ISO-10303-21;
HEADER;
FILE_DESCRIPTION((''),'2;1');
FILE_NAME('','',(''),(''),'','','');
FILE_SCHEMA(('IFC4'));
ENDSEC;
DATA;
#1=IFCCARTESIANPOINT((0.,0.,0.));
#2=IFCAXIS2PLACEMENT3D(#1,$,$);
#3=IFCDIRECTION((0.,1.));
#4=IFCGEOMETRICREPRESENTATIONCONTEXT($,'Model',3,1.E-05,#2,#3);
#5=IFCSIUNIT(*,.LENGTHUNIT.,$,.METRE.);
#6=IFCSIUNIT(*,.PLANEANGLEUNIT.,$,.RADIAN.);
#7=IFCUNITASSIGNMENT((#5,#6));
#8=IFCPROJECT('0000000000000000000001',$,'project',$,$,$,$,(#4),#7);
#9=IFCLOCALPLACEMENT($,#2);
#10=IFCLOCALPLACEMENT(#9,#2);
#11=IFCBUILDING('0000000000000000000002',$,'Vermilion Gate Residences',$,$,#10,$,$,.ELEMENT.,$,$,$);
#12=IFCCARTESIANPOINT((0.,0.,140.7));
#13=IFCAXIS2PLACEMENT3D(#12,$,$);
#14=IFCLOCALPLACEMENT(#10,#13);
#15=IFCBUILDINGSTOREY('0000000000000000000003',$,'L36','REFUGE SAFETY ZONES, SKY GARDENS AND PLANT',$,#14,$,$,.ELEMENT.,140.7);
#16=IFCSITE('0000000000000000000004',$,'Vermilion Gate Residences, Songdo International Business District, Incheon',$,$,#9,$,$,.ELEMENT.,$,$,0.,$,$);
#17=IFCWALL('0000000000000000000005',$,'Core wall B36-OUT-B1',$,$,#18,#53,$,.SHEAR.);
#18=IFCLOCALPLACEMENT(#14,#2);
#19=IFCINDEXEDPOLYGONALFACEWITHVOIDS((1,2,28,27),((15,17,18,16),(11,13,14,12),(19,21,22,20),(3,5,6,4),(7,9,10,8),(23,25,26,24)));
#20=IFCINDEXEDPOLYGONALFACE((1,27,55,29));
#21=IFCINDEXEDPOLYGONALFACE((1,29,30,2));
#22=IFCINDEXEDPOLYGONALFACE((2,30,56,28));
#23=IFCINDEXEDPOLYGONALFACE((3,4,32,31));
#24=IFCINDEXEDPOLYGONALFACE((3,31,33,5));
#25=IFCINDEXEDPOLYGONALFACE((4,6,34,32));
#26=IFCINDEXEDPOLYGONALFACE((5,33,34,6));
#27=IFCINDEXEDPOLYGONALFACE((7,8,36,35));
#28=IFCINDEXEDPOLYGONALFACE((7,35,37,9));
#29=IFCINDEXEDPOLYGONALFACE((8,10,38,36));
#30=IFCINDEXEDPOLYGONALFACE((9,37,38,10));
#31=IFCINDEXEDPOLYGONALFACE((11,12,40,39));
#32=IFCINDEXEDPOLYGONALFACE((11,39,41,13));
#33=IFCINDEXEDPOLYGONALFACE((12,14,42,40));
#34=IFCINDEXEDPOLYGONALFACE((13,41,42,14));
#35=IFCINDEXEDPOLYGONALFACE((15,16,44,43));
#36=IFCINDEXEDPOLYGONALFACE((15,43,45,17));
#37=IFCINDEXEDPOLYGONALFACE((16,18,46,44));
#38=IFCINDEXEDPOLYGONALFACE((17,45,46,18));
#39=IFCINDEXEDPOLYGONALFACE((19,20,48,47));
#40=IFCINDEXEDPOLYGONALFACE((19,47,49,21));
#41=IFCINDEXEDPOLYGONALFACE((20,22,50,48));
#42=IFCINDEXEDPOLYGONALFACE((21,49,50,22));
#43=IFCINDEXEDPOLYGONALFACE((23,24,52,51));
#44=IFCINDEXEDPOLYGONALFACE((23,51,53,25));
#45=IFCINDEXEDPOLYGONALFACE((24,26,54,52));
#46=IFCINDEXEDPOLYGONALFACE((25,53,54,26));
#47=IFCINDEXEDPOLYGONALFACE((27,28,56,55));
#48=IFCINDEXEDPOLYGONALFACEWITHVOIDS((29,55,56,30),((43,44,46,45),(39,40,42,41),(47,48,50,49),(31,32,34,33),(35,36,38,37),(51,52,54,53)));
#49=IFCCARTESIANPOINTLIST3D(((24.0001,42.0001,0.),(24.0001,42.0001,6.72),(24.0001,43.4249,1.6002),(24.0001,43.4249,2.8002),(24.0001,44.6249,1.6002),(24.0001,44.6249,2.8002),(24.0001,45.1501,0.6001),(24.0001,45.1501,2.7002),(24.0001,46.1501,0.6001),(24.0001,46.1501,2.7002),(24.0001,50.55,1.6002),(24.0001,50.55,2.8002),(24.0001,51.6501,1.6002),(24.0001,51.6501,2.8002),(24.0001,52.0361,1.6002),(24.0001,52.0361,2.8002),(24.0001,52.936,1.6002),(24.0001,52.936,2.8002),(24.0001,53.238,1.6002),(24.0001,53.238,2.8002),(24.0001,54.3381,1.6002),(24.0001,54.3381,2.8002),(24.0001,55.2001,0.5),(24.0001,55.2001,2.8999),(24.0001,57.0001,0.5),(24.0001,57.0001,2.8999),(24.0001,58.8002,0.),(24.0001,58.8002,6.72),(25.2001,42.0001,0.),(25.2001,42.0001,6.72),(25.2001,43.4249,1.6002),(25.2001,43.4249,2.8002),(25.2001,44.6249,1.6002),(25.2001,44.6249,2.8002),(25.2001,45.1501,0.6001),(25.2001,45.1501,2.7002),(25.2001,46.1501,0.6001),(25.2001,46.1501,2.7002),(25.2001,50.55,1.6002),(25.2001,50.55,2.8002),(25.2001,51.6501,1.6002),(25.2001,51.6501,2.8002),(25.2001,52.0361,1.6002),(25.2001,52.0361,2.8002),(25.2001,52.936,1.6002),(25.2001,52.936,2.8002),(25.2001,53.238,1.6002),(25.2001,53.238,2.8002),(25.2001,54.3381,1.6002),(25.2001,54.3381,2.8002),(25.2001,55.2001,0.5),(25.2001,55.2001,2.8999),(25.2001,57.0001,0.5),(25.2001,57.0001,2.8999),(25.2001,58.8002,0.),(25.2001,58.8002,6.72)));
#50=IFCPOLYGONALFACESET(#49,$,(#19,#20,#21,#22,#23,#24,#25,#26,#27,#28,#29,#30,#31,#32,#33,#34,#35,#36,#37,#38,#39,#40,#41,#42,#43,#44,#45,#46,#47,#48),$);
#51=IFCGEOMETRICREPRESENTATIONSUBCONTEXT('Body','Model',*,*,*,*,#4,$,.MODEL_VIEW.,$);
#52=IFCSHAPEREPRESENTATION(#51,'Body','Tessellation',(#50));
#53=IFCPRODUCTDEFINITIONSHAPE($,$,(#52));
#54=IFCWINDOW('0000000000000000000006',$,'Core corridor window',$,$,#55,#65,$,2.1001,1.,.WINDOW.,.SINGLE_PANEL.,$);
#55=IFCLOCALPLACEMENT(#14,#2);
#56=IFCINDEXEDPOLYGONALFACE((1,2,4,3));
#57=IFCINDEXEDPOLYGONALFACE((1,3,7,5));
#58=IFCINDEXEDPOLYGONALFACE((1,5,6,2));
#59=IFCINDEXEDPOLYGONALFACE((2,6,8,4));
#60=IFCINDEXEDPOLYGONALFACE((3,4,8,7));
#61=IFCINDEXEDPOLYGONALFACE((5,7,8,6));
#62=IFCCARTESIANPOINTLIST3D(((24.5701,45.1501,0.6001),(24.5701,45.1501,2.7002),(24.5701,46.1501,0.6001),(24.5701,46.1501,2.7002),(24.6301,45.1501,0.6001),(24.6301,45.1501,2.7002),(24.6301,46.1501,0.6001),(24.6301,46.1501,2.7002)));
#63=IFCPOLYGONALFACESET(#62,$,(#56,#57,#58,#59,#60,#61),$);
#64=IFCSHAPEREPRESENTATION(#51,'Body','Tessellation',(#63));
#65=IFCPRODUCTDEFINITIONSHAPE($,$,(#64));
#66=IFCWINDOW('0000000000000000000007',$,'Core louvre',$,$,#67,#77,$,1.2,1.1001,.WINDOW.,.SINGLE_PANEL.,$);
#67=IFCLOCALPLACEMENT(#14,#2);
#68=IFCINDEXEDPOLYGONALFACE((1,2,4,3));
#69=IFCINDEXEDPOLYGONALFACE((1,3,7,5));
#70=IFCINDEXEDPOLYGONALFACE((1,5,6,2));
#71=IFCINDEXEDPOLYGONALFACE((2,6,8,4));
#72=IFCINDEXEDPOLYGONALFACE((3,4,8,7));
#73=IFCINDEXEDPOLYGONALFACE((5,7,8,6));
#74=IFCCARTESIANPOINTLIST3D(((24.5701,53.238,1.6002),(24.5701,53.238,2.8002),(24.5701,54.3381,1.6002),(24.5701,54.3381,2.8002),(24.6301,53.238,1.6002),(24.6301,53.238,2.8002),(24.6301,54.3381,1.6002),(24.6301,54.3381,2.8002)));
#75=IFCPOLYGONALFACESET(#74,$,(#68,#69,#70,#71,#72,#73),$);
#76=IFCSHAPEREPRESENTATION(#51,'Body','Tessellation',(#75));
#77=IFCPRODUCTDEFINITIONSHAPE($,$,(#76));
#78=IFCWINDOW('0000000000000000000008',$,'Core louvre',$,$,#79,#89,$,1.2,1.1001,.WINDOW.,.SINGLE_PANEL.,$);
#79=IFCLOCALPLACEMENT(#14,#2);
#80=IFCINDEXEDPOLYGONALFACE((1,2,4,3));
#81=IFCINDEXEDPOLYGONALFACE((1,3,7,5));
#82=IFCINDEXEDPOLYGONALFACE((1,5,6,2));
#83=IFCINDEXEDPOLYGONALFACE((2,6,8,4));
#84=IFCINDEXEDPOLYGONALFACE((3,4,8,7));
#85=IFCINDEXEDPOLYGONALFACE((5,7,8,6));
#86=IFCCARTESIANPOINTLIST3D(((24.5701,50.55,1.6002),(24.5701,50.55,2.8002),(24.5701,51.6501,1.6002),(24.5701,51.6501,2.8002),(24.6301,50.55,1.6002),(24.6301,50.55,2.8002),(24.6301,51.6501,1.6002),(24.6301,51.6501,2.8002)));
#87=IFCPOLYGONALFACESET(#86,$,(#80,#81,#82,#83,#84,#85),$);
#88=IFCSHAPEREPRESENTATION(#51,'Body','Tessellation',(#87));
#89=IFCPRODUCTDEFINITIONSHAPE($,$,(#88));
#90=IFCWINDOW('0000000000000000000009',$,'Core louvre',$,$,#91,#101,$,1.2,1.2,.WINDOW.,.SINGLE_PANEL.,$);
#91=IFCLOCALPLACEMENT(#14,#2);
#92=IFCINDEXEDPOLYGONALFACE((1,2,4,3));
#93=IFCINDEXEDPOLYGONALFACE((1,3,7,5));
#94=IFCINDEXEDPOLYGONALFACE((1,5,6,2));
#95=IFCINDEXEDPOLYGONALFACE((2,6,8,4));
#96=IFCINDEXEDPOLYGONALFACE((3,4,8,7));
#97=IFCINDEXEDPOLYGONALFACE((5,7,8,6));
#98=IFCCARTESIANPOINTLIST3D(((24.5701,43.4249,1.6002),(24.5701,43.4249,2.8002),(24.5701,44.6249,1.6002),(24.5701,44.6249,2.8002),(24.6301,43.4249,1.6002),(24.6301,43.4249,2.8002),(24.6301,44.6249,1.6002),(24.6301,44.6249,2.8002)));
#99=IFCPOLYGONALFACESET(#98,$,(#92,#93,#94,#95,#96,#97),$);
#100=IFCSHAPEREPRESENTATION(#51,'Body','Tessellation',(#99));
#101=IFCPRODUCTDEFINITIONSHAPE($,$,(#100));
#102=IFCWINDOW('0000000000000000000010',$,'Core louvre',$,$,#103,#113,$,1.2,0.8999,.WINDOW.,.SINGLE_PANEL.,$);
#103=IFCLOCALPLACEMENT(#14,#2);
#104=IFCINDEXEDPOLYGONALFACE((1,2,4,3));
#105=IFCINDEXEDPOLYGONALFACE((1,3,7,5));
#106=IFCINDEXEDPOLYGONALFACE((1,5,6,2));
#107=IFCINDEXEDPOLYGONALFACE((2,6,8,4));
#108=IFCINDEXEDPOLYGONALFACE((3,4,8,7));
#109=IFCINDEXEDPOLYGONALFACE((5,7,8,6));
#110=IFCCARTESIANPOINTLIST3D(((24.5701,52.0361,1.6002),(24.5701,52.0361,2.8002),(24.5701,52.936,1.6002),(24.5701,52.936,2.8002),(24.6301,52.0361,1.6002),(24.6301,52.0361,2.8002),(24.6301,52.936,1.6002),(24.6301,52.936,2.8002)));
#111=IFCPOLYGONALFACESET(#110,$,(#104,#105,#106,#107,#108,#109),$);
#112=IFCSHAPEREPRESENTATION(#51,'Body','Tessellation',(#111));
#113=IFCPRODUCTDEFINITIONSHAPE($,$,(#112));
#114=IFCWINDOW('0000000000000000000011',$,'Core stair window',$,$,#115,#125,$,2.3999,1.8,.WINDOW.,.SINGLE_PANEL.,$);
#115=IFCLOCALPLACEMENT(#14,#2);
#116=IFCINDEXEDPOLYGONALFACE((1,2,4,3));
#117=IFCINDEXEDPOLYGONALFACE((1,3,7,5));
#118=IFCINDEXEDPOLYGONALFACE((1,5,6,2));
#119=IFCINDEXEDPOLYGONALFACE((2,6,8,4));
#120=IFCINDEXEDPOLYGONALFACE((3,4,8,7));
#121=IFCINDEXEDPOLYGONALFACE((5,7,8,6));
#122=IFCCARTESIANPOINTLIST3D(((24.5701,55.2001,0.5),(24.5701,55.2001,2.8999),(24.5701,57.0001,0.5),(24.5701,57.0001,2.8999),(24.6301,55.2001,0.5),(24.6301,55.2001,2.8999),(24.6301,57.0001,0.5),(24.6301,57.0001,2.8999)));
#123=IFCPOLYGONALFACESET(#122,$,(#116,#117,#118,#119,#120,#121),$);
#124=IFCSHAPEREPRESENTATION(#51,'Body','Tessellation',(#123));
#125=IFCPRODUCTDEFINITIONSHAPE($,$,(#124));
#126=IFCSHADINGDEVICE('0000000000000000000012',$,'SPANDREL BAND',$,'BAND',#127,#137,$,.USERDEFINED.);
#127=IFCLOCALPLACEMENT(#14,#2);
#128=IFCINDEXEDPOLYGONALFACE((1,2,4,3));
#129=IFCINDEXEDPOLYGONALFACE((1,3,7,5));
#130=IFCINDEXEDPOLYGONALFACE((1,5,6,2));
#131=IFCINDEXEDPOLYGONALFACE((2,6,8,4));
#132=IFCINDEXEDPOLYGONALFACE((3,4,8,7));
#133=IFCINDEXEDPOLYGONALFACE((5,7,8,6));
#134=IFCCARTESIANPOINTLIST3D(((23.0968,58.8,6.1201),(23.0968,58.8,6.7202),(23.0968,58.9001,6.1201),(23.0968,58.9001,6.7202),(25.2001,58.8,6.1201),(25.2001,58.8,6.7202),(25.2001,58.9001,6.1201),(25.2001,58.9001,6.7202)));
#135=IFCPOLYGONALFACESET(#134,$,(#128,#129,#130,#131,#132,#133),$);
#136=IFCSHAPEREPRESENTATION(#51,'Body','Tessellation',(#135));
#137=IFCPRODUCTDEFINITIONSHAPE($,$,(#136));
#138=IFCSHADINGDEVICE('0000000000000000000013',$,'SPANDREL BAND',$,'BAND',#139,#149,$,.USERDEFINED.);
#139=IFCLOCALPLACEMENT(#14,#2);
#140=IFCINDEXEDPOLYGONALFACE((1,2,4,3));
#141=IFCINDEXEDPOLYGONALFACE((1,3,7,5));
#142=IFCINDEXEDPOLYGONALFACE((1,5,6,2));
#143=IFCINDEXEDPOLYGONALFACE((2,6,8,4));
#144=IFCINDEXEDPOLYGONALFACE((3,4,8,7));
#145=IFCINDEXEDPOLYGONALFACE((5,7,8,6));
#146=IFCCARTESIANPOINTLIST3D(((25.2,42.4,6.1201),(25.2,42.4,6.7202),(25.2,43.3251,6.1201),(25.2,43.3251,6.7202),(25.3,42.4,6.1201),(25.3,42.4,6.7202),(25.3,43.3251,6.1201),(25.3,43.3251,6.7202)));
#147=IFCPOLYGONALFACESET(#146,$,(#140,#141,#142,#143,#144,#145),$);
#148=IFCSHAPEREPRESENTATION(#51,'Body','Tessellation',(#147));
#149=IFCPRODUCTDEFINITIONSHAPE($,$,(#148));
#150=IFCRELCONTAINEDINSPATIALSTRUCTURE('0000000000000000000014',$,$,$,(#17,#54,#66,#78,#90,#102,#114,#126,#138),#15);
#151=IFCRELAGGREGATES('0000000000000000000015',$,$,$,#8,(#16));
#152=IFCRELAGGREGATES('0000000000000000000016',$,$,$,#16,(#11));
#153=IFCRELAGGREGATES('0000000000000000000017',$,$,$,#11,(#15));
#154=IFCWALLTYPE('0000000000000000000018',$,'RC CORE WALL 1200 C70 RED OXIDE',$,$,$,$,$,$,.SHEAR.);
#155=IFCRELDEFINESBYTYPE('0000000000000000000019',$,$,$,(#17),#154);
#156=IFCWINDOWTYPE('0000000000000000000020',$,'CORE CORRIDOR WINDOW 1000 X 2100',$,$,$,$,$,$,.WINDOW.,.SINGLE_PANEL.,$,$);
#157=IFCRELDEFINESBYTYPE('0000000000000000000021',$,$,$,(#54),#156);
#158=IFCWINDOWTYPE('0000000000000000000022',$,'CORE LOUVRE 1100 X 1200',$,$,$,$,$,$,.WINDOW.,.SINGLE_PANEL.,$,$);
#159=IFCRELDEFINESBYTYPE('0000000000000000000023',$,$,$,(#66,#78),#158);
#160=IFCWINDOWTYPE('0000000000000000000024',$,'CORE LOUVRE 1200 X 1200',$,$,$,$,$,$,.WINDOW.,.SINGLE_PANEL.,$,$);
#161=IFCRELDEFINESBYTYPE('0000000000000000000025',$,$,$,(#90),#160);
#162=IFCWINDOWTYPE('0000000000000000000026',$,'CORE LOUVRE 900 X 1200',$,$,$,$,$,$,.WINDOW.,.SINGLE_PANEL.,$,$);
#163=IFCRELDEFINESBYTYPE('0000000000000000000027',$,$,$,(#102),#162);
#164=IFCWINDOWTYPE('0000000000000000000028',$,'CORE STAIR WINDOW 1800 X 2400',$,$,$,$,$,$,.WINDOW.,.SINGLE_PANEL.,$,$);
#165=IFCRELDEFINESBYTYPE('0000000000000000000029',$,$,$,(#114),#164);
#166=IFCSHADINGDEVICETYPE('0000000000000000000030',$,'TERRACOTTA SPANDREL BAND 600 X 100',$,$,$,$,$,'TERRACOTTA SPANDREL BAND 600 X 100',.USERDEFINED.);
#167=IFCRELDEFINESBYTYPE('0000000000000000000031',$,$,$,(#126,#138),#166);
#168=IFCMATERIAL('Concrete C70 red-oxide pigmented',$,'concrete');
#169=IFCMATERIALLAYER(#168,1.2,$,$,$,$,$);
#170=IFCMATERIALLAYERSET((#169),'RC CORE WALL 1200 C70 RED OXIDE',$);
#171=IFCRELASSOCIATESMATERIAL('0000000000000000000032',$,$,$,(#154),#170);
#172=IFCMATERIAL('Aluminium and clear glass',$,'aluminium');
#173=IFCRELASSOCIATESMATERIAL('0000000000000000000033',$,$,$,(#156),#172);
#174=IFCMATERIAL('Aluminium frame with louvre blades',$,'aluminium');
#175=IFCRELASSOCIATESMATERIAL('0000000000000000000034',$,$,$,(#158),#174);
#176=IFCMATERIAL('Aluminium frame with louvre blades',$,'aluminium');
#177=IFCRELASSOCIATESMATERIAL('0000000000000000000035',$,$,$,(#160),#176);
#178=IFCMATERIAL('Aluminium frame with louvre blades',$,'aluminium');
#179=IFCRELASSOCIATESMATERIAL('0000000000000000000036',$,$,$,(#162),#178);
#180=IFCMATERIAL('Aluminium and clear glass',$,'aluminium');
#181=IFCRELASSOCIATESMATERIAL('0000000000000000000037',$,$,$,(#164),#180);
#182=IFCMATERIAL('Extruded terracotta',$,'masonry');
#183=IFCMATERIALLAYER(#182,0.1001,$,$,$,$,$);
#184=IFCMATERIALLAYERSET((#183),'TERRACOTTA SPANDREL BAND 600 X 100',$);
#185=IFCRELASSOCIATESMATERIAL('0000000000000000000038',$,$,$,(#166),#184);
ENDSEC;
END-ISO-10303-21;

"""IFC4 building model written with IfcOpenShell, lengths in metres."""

from ifc_helpers import new_model, si_unit, direction, frame, frame_2d, origin, origin_2d, place, context, subcontext, project, spatial, rectangle, extrude, material, layer, layer_set, type_object, element, fill, save


model = new_model("IFC4")

# Units and contexts
model_context = context("Model", 3, precision=1e-05, world=origin(), true_north=direction((0.0, 1.0)))
body_context = subcontext(model_context, "Body", "Model", "MODEL_VIEW")
ifc_project = project(units=[si_unit("LENGTHUNIT", "METRE"), si_unit("PLANEANGLEUNIT", "RADIAN")], contexts=[model_context])

# Site, building, storey
site_placement = place(None, origin())
site = spatial("IfcSite", under=ifc_project, at=site_placement, Name="Vermilion Gate Residences, Songdo International Business District, Incheon", CompositionType="ELEMENT", RefElevation=0.0)
building_placement = place(site_placement, origin())
building = spatial("IfcBuilding", under=site, at=building_placement, Name="Vermilion Gate Residences", CompositionType="ELEMENT")
storey_placement = place(building_placement, frame((0.0, 0.0, 140.7)))
storey = spatial("IfcBuildingStorey", under=building, at=storey_placement, Name="L36", Description="REFUGE SAFETY ZONES, SKY GARDENS AND PLANT", CompositionType="ELEMENT", Elevation=140.7)

# Wall, openings, windows
ifc_material_1 = material(Name="Concrete C70 red-oxide pigmented", Category="concrete")
ifc_layer_1 = layer(ifc_material_1, 1.2)
ifc_layer_set_1 = layer_set([ifc_layer_1], Name="RC CORE WALL 1200 C70 RED OXIDE")
wall_type = type_object("IfcWallType", Name="RC CORE WALL 1200 C70 RED OXIDE", PredefinedType="SHEAR", material=ifc_layer_set_1)
wall_placement = place(storey_placement, frame((24.6001, 58.8, 0.0), z_axis=(0.0, 0.0, 1.0), x_axis=(0.0, -1.0, 0.0)))
wall = element("IfcWall", 1, at=wall_placement, inside=storey, type_object=wall_type, Name="Core wall B36-OUT-B1", PredefinedType="SHEAR", context=body_context, shape_type="SweptSolid", body=[
    extrude(rectangle(XDim=16.8, YDim=1.2, at=frame_2d((8.3999, 0.0))), origin(), (0.0, 0.0, 1.0), 6.72),
])
opening_1_placement = place(wall_placement, frame((1.8, 0.0, 0.5)))
opening_1 = element("IfcOpeningElement", 2, at=opening_1_placement, cuts=wall, PredefinedType="OPENING", context=body_context, shape_type="SweptSolid", body=[
    extrude(rectangle(XDim=1.8, YDim=2.3999, at=frame_2d((0.8999, 1.2))), frame((0.0, 0.6099, 0.0), z_axis=(0.0, -1.0, 0.0), x_axis=(1.0, 0.0, 0.0)), (0.0, 0.0, 1.0), 1.22),
])
opening_2_placement = place(wall_placement, frame((4.4619, 0.0, 1.6001)))
opening_2 = element("IfcOpeningElement", 3, at=opening_2_placement, cuts=wall, PredefinedType="OPENING", context=body_context, shape_type="SweptSolid", body=[
    extrude(rectangle(XDim=1.1001, YDim=1.2, at=frame_2d((0.55, 0.6001))), frame((0.0, 0.6099, 0.0), z_axis=(0.0, -1.0, 0.0), x_axis=(1.0, 0.0, 0.0)), (0.0, 0.0, 1.0), 1.22),
])
opening_3_placement = place(wall_placement, frame((5.864, 0.0, 1.6001)))
opening_3 = element("IfcOpeningElement", 4, at=opening_3_placement, cuts=wall, PredefinedType="OPENING", context=body_context, shape_type="SweptSolid", body=[
    extrude(rectangle(XDim=0.8999, YDim=1.2, at=frame_2d((0.45, 0.6001))), frame((0.0, 0.6099, 0.0), z_axis=(0.0, -1.0, 0.0), x_axis=(1.0, 0.0, 0.0)), (0.0, 0.0, 1.0), 1.22),
])
opening_4_placement = place(wall_placement, frame((7.1499, 0.0, 1.6001)))
opening_4 = element("IfcOpeningElement", 5, at=opening_4_placement, cuts=wall, PredefinedType="OPENING", context=body_context, shape_type="SweptSolid", body=[
    extrude(rectangle(XDim=1.1001, YDim=1.2, at=frame_2d((0.55, 0.6001))), frame((0.0, 0.6099, 0.0), z_axis=(0.0, -1.0, 0.0), x_axis=(1.0, 0.0, 0.0)), (0.0, 0.0, 1.0), 1.22),
])
opening_5_placement = place(wall_placement, frame((12.6499, 0.0, 0.6001)))
opening_5 = element("IfcOpeningElement", 6, at=opening_5_placement, cuts=wall, PredefinedType="OPENING", context=body_context, shape_type="SweptSolid", body=[
    extrude(rectangle(XDim=1.0, YDim=2.1001, at=frame_2d((0.5, 1.05))), frame((0.0, 0.6099, 0.0), z_axis=(0.0, -1.0, 0.0), x_axis=(1.0, 0.0, 0.0)), (0.0, 0.0, 1.0), 1.22),
])
opening_6_placement = place(wall_placement, frame((14.175, 0.0, 1.6001)))
opening_6 = element("IfcOpeningElement", 7, at=opening_6_placement, cuts=wall, PredefinedType="OPENING", context=body_context, shape_type="SweptSolid", body=[
    extrude(rectangle(XDim=1.2, YDim=1.2, at=frame_2d((0.6001, 0.6001))), frame((0.0, 0.6099, 0.0), z_axis=(0.0, -1.0, 0.0), x_axis=(1.0, 0.0, 0.0)), (0.0, 0.0, 1.0), 1.22),
])
ifc_material_2 = material(Name="Aluminium and clear glass", Category="aluminium")
window_type_1 = type_object("IfcWindowType", Name="CORE CORRIDOR WINDOW 1000 X 2100", PartitioningType="SINGLE_PANEL", PredefinedType="WINDOW", material=ifc_material_2)
window_1_placement = place(opening_5_placement, origin())
window_1 = element("IfcWindow", 8, at=window_1_placement, inside=storey, type_object=window_type_1, Name="Core corridor window", OverallHeight=2.1001, OverallWidth=1.0, PartitioningType="SINGLE_PANEL", PredefinedType="WINDOW", context=body_context, shape_type="SweptSolid", body=[
    extrude(rectangle(XDim=1.0, YDim=2.1001, at=frame_2d((0.5, 1.05))), frame((0.0, 0.03, 0.0), z_axis=(0.0, -1.0, 0.0), x_axis=(1.0, 0.0, 0.0)), (0.0, 0.0, 1.0), 0.0601),
])
fill(opening_5, window_1)
ifc_material_3 = material(Name="Aluminium frame with louvre blades", Category="aluminium")
window_type_2 = type_object("IfcWindowType", Name="CORE LOUVRE 1100 X 1200", PartitioningType="SINGLE_PANEL", PredefinedType="WINDOW", material=ifc_material_3)
window_2_placement = place(opening_2_placement, origin())
window_2 = element("IfcWindow", 9, at=window_2_placement, inside=storey, type_object=window_type_2, Name="Core louvre", OverallHeight=1.2, OverallWidth=1.1001, PartitioningType="SINGLE_PANEL", PredefinedType="WINDOW", context=body_context, shape_type="SweptSolid", body=[
    extrude(rectangle(XDim=1.1001, YDim=1.2, at=frame_2d((0.55, 0.6001))), frame((0.0, 0.03, 0.0), z_axis=(0.0, -1.0, 0.0), x_axis=(1.0, 0.0, 0.0)), (0.0, 0.0, 1.0), 0.0601),
])
fill(opening_2, window_2)
window_3_placement = place(opening_4_placement, origin())
window_3 = element("IfcWindow", 10, at=window_3_placement, inside=storey, type_object=window_type_2, Name="Core louvre", OverallHeight=1.2, OverallWidth=1.1001, PartitioningType="SINGLE_PANEL", PredefinedType="WINDOW", context=body_context, shape_type="SweptSolid", body=[
    extrude(rectangle(XDim=1.1001, YDim=1.2, at=frame_2d((0.55, 0.6001))), frame((0.0, 0.03, 0.0), z_axis=(0.0, -1.0, 0.0), x_axis=(1.0, 0.0, 0.0)), (0.0, 0.0, 1.0), 0.0601),
])
fill(opening_4, window_3)
ifc_material_4 = material(Name="Aluminium frame with louvre blades", Category="aluminium")
window_type_3 = type_object("IfcWindowType", Name="CORE LOUVRE 1200 X 1200", PartitioningType="SINGLE_PANEL", PredefinedType="WINDOW", material=ifc_material_4)
window_4_placement = place(opening_6_placement, origin())
window_4 = element("IfcWindow", 11, at=window_4_placement, inside=storey, type_object=window_type_3, Name="Core louvre", OverallHeight=1.2, OverallWidth=1.2, PartitioningType="SINGLE_PANEL", PredefinedType="WINDOW", context=body_context, shape_type="SweptSolid", body=[
    extrude(rectangle(XDim=1.2, YDim=1.2, at=frame_2d((0.6001, 0.6001))), frame((0.0, 0.03, 0.0), z_axis=(0.0, -1.0, 0.0), x_axis=(1.0, 0.0, 0.0)), (0.0, 0.0, 1.0), 0.0601),
])
fill(opening_6, window_4)
ifc_material_5 = material(Name="Aluminium frame with louvre blades", Category="aluminium")
window_type_4 = type_object("IfcWindowType", Name="CORE LOUVRE 900 X 1200", PartitioningType="SINGLE_PANEL", PredefinedType="WINDOW", material=ifc_material_5)
window_5_placement = place(opening_3_placement, origin())
window_5 = element("IfcWindow", 12, at=window_5_placement, inside=storey, type_object=window_type_4, Name="Core louvre", OverallHeight=1.2, OverallWidth=0.8999, PartitioningType="SINGLE_PANEL", PredefinedType="WINDOW", context=body_context, shape_type="SweptSolid", body=[
    extrude(rectangle(XDim=0.8999, YDim=1.2, at=frame_2d((0.45, 0.6001))), frame((0.0, 0.03, 0.0), z_axis=(0.0, -1.0, 0.0), x_axis=(1.0, 0.0, 0.0)), (0.0, 0.0, 1.0), 0.0601),
])
fill(opening_3, window_5)
ifc_material_6 = material(Name="Aluminium and clear glass", Category="aluminium")
window_type_5 = type_object("IfcWindowType", Name="CORE STAIR WINDOW 1800 X 2400", PartitioningType="SINGLE_PANEL", PredefinedType="WINDOW", material=ifc_material_6)
window_6_placement = place(opening_1_placement, origin())
window_6 = element("IfcWindow", 13, at=window_6_placement, inside=storey, type_object=window_type_5, Name="Core stair window", OverallHeight=2.3999, OverallWidth=1.8, PartitioningType="SINGLE_PANEL", PredefinedType="WINDOW", context=body_context, shape_type="SweptSolid", body=[
    extrude(rectangle(XDim=1.8, YDim=2.3999, at=frame_2d((0.8999, 1.2))), frame((0.0, 0.03, 0.0), z_axis=(0.0, -1.0, 0.0), x_axis=(1.0, 0.0, 0.0)), (0.0, 0.0, 1.0), 0.0601),
])
fill(opening_1, window_6)

# Shading devices
ifc_material_7 = material(Name="Extruded terracotta", Category="masonry")
ifc_layer_2 = layer(ifc_material_7, 0.1001)
ifc_layer_set_2 = layer_set([ifc_layer_2], Name="TERRACOTTA SPANDREL BAND 600 X 100")
shading_device_type = type_object("IfcShadingDeviceType", Name="TERRACOTTA SPANDREL BAND 600 X 100", ElementType="TERRACOTTA SPANDREL BAND 600 X 100", PredefinedType="USERDEFINED", material=ifc_layer_set_2)
shading_device_1_placement = place(storey_placement, frame((24.1484, 58.8501, 6.1201), z_axis=(0.0, 0.0, 1.0), x_axis=(1.0, 0.0, 0.0)))
element("IfcShadingDevice", 14, at=shading_device_1_placement, inside=storey, type_object=shading_device_type, Name="SPANDREL BAND", ObjectType="BAND", PredefinedType="USERDEFINED", context=body_context, shape_type="SweptSolid", body=[
    extrude(rectangle(XDim=2.1033, YDim=0.1001, at=origin_2d()), origin(), (0.0, 0.0, 1.0), 0.6001),
])
shading_device_2_placement = place(storey_placement, frame((25.25, 42.8625, 6.1201), z_axis=(0.0, 0.0, 1.0), x_axis=(0.0, 1.0, 0.0)))
element("IfcShadingDevice", 15, at=shading_device_2_placement, inside=storey, type_object=shading_device_type, Name="SPANDREL BAND", ObjectType="BAND", PredefinedType="USERDEFINED", context=body_context, shape_type="SweptSolid", body=[
    extrude(rectangle(XDim=0.925, YDim=0.1001, at=origin_2d()), origin(), (0.0, 0.0, 1.0), 0.6001),
])

save(model, "model.ifc")
